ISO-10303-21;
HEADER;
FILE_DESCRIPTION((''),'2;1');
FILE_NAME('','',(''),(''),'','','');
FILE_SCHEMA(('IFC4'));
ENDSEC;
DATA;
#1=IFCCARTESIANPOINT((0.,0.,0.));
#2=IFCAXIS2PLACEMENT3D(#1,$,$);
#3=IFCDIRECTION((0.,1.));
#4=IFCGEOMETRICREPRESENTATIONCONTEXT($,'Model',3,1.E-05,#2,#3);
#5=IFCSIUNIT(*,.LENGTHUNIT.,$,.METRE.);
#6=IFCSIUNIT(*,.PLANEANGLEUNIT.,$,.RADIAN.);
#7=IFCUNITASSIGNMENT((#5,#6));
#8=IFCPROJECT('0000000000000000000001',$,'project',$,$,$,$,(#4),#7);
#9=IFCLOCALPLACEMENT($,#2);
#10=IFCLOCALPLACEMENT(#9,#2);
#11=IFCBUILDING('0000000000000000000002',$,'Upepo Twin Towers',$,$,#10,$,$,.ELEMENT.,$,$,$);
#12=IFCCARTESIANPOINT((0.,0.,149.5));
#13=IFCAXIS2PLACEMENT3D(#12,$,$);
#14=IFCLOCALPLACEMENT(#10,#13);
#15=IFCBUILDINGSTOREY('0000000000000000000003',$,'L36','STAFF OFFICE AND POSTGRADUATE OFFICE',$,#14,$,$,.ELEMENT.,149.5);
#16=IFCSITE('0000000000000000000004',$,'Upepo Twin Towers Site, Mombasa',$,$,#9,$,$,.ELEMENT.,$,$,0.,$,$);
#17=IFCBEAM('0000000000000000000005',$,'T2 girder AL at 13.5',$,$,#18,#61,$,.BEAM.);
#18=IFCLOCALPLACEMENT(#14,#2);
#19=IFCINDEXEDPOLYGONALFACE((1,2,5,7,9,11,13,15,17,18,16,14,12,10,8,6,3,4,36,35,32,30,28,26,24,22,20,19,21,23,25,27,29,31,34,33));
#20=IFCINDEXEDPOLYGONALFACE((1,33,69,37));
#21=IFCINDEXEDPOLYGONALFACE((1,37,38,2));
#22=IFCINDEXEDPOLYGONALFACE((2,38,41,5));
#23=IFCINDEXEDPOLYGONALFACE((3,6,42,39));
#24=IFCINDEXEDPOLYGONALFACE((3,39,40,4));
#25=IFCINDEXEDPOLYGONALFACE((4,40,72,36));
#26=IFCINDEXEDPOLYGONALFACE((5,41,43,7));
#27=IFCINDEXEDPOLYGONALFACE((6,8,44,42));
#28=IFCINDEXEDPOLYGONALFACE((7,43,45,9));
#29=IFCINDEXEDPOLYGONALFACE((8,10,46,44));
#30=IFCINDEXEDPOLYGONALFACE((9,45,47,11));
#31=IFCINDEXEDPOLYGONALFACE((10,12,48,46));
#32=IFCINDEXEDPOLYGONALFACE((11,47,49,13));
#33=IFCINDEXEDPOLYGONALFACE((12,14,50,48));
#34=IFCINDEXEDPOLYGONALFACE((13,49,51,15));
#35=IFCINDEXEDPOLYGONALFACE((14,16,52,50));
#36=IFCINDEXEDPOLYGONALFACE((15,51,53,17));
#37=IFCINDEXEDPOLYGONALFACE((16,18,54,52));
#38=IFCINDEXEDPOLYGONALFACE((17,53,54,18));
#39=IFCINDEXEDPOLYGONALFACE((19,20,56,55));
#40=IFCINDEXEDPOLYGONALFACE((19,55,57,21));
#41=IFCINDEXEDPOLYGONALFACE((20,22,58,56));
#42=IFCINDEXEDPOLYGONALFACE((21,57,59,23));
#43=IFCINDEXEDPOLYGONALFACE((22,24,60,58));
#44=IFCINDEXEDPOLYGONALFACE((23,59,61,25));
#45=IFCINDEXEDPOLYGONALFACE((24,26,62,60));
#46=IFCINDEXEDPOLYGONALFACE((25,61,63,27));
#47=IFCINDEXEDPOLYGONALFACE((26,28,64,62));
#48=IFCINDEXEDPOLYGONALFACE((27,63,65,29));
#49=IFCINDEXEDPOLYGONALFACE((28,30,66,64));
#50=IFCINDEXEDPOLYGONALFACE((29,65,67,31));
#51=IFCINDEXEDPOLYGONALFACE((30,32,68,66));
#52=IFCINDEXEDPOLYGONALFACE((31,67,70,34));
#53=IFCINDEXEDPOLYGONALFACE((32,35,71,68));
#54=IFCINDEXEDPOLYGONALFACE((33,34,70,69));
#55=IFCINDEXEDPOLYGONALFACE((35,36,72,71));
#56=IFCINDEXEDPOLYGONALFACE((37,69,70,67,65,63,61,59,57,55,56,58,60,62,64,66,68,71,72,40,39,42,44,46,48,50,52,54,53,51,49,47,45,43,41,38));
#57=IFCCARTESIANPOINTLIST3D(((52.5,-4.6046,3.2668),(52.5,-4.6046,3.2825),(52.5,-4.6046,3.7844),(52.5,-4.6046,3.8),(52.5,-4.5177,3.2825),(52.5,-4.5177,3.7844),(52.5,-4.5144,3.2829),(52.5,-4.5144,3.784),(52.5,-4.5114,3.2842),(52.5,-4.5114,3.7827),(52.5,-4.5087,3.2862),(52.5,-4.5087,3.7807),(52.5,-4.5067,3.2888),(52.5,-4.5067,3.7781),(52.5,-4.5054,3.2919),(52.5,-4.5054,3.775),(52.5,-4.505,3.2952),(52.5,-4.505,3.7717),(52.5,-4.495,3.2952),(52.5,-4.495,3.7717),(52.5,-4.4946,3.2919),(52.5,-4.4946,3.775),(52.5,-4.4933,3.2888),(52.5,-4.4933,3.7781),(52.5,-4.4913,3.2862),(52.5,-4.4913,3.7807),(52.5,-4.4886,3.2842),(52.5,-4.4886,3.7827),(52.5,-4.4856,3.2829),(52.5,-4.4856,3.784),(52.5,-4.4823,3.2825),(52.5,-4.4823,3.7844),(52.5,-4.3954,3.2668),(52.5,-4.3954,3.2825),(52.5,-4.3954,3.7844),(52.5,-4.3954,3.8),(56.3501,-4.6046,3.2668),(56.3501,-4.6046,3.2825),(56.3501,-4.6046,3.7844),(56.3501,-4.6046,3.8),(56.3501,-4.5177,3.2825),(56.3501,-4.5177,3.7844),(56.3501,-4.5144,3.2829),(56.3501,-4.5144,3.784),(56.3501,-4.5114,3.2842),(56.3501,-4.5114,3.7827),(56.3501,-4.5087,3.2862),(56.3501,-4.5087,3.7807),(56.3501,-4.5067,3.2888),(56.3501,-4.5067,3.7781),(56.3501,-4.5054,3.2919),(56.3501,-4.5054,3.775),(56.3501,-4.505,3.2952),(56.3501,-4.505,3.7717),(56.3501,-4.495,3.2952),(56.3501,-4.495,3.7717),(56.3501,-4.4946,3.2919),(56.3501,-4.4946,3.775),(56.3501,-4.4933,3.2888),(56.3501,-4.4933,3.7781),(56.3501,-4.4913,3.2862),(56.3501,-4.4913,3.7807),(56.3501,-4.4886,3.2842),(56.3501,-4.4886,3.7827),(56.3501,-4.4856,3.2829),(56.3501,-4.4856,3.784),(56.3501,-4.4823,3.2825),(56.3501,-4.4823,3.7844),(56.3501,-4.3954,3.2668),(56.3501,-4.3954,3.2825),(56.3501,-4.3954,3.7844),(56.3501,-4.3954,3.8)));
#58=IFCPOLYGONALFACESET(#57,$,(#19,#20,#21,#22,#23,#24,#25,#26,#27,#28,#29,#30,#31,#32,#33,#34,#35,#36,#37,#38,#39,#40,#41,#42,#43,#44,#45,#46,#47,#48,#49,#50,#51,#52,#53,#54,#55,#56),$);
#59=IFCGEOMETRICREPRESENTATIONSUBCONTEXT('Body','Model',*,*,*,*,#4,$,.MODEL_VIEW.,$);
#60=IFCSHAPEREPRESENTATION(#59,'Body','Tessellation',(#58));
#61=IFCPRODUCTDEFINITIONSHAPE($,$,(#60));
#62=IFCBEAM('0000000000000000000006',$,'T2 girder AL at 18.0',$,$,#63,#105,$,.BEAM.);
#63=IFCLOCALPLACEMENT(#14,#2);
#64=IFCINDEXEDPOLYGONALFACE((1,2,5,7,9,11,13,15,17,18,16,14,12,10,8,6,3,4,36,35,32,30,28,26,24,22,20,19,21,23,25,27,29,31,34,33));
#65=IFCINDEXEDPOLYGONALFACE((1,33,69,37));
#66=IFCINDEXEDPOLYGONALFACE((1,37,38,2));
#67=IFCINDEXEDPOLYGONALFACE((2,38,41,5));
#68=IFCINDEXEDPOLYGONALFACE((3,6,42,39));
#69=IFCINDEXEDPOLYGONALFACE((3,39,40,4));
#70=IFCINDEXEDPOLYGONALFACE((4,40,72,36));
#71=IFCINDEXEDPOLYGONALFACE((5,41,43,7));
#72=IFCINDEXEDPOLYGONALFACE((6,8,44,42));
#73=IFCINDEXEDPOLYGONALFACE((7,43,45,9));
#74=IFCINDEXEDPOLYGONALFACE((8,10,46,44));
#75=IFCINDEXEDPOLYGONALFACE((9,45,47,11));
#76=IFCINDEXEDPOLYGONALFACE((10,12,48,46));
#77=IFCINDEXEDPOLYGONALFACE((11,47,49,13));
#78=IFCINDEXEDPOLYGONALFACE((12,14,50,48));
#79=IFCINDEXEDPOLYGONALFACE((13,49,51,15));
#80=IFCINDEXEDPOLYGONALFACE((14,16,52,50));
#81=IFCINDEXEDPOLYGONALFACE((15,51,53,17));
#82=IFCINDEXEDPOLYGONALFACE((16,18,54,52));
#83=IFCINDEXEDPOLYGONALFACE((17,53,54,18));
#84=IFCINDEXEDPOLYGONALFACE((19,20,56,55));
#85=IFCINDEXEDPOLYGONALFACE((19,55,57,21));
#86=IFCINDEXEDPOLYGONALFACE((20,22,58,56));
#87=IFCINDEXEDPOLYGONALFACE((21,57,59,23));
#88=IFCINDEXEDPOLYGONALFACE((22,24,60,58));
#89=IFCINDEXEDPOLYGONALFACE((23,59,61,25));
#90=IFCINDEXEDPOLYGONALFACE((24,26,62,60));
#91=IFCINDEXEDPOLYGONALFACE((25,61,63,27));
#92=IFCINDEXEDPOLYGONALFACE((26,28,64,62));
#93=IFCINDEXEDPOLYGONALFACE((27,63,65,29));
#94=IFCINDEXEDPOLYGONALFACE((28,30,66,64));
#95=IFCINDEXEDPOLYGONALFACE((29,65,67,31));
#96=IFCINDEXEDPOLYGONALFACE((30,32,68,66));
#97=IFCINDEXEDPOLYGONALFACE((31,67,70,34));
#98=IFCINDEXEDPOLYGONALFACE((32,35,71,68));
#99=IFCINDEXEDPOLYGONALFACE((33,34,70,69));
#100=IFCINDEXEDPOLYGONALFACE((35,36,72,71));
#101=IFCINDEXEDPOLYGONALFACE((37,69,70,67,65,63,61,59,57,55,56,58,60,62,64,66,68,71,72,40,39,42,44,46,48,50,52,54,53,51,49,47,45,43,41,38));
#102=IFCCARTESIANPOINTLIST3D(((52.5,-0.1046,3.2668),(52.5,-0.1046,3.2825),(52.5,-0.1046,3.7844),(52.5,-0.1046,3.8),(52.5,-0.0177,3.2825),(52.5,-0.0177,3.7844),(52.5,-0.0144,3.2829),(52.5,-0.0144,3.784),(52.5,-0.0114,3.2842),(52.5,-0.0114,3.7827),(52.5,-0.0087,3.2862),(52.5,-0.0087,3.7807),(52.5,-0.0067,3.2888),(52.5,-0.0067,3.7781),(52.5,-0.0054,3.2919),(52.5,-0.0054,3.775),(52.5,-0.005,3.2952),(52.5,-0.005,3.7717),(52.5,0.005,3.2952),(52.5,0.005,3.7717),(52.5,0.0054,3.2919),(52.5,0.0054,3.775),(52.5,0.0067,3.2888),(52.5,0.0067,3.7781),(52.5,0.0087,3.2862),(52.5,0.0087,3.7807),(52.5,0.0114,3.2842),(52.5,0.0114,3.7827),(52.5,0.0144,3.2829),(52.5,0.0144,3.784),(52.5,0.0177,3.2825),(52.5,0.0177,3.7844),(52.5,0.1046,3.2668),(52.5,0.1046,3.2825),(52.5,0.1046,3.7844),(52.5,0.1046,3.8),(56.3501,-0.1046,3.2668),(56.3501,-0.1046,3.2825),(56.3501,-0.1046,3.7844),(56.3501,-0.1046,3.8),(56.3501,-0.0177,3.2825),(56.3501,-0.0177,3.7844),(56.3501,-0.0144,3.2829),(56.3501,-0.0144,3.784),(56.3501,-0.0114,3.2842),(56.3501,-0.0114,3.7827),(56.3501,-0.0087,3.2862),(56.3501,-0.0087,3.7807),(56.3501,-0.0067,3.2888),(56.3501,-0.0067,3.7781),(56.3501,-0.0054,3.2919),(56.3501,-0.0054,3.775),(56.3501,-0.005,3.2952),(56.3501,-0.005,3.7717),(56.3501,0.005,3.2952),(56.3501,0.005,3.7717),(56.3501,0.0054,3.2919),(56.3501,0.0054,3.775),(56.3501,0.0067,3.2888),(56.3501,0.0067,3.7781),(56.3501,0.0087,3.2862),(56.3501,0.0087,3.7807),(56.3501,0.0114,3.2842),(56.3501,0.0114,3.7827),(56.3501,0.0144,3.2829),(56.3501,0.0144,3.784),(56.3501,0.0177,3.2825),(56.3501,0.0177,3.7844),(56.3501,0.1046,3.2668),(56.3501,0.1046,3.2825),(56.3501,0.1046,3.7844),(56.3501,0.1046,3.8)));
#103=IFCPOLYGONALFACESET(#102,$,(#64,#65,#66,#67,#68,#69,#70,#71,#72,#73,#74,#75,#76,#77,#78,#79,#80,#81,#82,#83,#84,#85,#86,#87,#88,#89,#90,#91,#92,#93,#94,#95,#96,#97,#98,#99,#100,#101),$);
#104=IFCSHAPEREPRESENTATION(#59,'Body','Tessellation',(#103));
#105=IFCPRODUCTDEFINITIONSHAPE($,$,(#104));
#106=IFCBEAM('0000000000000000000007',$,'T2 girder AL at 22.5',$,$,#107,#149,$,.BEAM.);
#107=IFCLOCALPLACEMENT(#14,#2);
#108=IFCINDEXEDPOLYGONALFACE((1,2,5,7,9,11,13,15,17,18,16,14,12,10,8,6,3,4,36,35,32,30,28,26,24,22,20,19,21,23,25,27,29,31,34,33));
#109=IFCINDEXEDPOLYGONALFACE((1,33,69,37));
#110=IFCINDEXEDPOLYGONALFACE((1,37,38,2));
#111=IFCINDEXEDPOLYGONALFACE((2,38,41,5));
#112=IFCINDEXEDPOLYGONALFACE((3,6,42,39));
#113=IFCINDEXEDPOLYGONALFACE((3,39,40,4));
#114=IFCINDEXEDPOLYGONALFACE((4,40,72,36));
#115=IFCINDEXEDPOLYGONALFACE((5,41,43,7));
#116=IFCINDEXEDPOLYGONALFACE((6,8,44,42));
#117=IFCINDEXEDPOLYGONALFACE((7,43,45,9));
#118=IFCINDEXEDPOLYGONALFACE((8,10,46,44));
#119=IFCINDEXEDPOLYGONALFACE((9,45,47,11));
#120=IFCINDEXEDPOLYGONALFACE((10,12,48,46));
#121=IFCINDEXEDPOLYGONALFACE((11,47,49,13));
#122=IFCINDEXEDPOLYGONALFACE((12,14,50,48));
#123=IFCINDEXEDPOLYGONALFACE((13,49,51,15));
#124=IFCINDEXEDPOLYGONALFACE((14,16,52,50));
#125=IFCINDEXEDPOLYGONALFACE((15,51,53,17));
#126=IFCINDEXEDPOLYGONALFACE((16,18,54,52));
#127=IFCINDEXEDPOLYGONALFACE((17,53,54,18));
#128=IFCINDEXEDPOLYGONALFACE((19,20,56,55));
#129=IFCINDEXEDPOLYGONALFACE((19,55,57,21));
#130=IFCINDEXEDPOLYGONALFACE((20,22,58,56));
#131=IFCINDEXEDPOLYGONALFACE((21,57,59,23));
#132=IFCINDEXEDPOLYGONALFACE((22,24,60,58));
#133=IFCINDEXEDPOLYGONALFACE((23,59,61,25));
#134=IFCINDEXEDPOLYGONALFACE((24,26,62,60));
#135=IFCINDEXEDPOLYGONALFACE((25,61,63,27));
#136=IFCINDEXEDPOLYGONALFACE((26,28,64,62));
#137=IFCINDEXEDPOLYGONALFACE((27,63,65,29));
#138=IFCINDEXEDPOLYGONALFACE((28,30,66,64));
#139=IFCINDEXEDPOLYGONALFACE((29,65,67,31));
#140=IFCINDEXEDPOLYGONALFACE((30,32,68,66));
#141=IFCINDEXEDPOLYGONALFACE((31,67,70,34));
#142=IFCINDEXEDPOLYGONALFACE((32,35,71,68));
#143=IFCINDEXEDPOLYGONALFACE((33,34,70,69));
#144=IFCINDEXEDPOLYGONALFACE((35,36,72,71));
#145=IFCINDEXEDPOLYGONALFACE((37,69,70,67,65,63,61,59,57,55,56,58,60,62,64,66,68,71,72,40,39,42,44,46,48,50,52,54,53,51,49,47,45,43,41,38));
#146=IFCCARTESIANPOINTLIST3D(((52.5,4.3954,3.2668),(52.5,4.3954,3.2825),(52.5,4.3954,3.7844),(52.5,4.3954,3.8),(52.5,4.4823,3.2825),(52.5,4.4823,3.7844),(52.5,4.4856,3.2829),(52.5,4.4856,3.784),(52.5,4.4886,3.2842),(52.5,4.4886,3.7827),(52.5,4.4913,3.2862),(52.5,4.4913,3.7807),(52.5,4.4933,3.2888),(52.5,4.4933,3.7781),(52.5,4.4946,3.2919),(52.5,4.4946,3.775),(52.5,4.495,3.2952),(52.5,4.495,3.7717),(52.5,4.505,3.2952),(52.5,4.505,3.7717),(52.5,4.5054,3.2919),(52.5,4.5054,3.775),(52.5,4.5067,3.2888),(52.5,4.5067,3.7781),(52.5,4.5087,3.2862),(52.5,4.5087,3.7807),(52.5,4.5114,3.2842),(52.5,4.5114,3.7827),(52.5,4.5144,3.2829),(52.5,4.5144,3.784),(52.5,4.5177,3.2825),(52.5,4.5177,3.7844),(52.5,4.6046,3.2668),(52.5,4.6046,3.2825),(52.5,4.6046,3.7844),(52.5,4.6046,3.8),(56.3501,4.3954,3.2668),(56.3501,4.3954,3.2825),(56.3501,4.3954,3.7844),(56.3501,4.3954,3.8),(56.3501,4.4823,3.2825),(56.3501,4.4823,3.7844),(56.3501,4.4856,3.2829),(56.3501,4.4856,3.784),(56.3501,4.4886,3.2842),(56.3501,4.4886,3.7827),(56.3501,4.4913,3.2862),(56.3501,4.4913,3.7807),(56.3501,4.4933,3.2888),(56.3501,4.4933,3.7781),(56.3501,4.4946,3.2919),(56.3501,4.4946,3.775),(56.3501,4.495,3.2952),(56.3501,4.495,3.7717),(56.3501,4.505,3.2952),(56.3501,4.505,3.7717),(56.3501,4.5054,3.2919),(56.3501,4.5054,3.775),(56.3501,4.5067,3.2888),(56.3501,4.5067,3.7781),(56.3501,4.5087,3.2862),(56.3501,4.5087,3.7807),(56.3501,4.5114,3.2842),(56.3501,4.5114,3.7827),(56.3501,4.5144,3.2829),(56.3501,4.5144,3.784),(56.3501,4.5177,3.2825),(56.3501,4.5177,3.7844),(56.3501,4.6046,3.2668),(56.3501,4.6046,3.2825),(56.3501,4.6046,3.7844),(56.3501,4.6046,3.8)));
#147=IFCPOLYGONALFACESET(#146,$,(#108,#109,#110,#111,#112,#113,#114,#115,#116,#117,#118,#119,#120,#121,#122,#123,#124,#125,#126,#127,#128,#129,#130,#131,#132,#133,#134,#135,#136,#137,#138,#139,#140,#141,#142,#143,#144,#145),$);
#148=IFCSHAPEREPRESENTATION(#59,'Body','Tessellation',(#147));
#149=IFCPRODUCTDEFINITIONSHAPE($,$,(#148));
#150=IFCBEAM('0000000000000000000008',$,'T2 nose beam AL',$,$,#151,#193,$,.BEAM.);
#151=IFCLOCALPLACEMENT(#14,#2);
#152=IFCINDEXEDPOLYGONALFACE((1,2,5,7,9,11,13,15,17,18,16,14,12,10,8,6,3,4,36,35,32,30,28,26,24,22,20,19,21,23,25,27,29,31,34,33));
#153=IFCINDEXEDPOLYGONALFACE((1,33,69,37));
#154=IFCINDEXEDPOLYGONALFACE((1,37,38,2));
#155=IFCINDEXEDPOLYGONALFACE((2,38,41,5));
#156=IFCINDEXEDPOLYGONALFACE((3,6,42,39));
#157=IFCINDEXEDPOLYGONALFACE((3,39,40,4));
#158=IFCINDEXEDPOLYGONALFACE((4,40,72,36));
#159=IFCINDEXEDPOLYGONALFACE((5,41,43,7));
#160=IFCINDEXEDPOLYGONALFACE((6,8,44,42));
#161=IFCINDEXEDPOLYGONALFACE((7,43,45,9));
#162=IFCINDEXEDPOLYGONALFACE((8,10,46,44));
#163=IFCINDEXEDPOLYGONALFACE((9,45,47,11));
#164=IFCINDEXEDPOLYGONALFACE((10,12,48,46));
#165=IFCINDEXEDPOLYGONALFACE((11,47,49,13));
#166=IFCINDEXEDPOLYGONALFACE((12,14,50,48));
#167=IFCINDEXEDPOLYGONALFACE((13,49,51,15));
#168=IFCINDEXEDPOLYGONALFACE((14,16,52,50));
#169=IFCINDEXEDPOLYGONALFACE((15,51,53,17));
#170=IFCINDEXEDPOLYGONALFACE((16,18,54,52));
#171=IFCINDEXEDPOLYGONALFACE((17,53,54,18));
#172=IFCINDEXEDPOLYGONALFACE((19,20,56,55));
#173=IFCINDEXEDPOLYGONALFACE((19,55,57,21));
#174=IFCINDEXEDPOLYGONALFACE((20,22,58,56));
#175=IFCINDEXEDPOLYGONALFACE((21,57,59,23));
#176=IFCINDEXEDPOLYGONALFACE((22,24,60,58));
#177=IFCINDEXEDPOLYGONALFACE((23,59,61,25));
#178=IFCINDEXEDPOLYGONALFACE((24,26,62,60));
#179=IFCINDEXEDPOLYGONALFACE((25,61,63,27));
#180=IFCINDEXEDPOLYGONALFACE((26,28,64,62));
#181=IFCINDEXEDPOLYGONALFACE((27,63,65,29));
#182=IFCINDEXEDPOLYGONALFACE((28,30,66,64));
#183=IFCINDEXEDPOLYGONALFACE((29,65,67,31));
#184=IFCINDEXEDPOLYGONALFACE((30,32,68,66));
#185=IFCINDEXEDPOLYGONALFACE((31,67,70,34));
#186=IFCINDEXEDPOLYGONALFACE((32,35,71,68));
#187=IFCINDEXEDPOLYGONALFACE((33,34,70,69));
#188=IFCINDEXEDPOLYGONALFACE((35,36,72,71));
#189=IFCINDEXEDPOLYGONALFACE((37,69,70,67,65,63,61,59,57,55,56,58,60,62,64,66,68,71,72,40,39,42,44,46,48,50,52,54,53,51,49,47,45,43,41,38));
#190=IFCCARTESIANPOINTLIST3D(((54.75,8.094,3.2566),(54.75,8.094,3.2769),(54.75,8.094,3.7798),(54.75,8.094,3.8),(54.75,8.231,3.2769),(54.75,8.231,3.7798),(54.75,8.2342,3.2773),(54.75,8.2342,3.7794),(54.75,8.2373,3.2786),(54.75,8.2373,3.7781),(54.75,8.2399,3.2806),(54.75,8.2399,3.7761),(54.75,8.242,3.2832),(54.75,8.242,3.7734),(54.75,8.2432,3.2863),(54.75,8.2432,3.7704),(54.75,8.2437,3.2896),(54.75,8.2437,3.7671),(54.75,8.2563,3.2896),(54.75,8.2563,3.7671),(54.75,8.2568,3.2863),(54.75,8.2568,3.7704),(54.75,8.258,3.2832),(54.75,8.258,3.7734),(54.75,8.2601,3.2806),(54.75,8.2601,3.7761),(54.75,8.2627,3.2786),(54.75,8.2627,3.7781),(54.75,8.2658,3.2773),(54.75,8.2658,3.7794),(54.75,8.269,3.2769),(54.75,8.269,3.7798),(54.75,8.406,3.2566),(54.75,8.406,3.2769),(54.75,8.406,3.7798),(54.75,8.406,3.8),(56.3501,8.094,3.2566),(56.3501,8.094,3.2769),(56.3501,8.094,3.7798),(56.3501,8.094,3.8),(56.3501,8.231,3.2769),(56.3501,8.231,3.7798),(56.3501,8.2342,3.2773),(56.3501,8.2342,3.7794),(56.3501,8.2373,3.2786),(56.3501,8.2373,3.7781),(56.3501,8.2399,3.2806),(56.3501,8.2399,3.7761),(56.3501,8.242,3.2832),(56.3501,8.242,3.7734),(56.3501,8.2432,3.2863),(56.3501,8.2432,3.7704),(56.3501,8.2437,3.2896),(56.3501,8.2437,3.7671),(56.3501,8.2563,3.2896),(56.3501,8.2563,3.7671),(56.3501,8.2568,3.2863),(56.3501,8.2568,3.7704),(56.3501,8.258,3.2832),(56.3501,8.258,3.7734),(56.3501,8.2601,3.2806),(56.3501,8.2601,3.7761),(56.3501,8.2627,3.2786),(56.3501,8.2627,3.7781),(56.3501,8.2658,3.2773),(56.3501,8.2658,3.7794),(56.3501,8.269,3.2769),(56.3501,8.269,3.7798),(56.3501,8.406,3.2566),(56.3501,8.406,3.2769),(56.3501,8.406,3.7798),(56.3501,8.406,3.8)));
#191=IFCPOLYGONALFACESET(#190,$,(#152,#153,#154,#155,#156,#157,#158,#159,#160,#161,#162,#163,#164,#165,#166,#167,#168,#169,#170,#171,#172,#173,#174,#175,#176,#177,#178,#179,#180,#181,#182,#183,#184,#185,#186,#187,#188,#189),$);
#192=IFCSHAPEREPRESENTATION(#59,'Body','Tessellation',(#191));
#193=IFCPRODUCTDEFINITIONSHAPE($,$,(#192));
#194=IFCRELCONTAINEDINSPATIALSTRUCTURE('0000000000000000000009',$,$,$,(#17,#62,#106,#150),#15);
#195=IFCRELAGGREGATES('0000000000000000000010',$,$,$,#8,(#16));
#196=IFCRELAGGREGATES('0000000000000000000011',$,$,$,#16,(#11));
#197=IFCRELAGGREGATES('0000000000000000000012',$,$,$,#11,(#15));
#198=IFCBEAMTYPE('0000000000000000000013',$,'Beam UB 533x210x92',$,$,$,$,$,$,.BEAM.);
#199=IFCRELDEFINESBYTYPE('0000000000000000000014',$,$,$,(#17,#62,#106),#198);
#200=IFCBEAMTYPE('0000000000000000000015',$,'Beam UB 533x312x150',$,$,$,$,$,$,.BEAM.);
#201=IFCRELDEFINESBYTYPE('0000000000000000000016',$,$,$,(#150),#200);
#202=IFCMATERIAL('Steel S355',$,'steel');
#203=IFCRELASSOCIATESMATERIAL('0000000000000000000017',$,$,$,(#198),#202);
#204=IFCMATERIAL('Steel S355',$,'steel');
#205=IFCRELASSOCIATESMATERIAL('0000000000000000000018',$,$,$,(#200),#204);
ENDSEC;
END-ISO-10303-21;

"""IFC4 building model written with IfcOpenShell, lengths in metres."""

from ifc_helpers import new_model, si_unit, direction, frame, origin, origin_2d, place, context, subcontext, project, spatial, i_section, extrude, material, material_profile, profile_set, type_object, element, save


model = new_model("IFC4")

# Units and contexts
model_context = context("Model", 3, precision=1e-05, world=origin(), true_north=direction((0.0, 1.0)))
body_context = subcontext(model_context, "Body", "Model", "MODEL_VIEW")
ifc_project = project(units=[si_unit("LENGTHUNIT", "METRE"), si_unit("PLANEANGLEUNIT", "RADIAN")], contexts=[model_context])

# Site, building, storey
site_placement = place(None, origin())
site = spatial("IfcSite", under=ifc_project, at=site_placement, Name="Upepo Twin Towers Site, Mombasa", CompositionType="ELEMENT", RefElevation=0.0)
building_placement = place(site_placement, origin())
building = spatial("IfcBuilding", under=site, at=building_placement, Name="Upepo Twin Towers", CompositionType="ELEMENT")
storey_placement = place(building_placement, frame((0.0, 0.0, 149.5)))
storey = spatial("IfcBuildingStorey", under=building, at=storey_placement, Name="L36", Description="STAFF OFFICE AND POSTGRADUATE OFFICE", CompositionType="ELEMENT", Elevation=149.5)

# Beams
ifc_material_1 = material(Name="Steel S355", Category="steel")
ifc_material_profile_1 = material_profile(ifc_material_1, i_section(OverallWidth=0.2092, OverallDepth=0.5332, WebThickness=0.01, FlangeThickness=0.0156, FilletRadius=0.0127, at=origin_2d()), Name="UB 533x210x92")
ifc_profile_set_1 = profile_set([ifc_material_profile_1], Name="Steel S355")
beam_type_1 = type_object("IfcBeamType", Name="Beam UB 533x210x92", PredefinedType="BEAM", material=ifc_profile_set_1)
for number, where, z_axis, x_axis, name in (
    (1, (52.5, -4.5, 3.5334), (1.0, 0.0, 0.0), (0.0, 1.0, 0.0), "T2 girder AL at 13.5"),
    (2, (52.5, 0.0, 3.5334), (1.0, 0.0, 0.0), (0.0, 1.0, 0.0), "T2 girder AL at 18.0"),
    (3, (52.5, 4.5, 3.5334), (1.0, 0.0, 0.0), (0.0, 1.0, 0.0), "T2 girder AL at 22.5"),
):
    element("IfcBeam", number, at=place(storey_placement, frame(where, z_axis=z_axis, x_axis=x_axis)), inside=storey, type_object=beam_type_1, Name=name, PredefinedType="BEAM", context=body_context, shape_type="SweptSolid", body=[
        extrude(i_section(OverallWidth=0.2092, OverallDepth=0.5332, WebThickness=0.01, FlangeThickness=0.0156, FilletRadius=0.0127, at=origin_2d()), origin(), (0.0, 0.0, 1.0), 3.8501),
    ])
ifc_material_2 = material(Name="Steel S355", Category="steel")
ifc_material_profile_2 = material_profile(ifc_material_2, i_section(OverallWidth=0.312, OverallDepth=0.5435, WebThickness=0.0127, FlangeThickness=0.0203, FilletRadius=0.0127, at=origin_2d()), Name="UB 533x312x150")
ifc_profile_set_2 = profile_set([ifc_material_profile_2], Name="Steel S355")
beam_type_2 = type_object("IfcBeamType", Name="Beam UB 533x312x150", PredefinedType="BEAM", material=ifc_profile_set_2)
beam_1_placement = place(storey_placement, frame((54.75, 8.25, 3.5283), z_axis=(1.0, 0.0, 0.0), x_axis=(0.0, 1.0, 0.0)))
element("IfcBeam", 4, at=beam_1_placement, inside=storey, type_object=beam_type_2, Name="T2 nose beam AL", PredefinedType="BEAM", context=body_context, shape_type="SweptSolid", body=[
    extrude(i_section(OverallWidth=0.312, OverallDepth=0.5435, WebThickness=0.0127, FlangeThickness=0.0203, FilletRadius=0.0127, at=origin_2d()), origin(), (0.0, 0.0, 1.0), 1.6001),
])

save(model, "model.ifc")
